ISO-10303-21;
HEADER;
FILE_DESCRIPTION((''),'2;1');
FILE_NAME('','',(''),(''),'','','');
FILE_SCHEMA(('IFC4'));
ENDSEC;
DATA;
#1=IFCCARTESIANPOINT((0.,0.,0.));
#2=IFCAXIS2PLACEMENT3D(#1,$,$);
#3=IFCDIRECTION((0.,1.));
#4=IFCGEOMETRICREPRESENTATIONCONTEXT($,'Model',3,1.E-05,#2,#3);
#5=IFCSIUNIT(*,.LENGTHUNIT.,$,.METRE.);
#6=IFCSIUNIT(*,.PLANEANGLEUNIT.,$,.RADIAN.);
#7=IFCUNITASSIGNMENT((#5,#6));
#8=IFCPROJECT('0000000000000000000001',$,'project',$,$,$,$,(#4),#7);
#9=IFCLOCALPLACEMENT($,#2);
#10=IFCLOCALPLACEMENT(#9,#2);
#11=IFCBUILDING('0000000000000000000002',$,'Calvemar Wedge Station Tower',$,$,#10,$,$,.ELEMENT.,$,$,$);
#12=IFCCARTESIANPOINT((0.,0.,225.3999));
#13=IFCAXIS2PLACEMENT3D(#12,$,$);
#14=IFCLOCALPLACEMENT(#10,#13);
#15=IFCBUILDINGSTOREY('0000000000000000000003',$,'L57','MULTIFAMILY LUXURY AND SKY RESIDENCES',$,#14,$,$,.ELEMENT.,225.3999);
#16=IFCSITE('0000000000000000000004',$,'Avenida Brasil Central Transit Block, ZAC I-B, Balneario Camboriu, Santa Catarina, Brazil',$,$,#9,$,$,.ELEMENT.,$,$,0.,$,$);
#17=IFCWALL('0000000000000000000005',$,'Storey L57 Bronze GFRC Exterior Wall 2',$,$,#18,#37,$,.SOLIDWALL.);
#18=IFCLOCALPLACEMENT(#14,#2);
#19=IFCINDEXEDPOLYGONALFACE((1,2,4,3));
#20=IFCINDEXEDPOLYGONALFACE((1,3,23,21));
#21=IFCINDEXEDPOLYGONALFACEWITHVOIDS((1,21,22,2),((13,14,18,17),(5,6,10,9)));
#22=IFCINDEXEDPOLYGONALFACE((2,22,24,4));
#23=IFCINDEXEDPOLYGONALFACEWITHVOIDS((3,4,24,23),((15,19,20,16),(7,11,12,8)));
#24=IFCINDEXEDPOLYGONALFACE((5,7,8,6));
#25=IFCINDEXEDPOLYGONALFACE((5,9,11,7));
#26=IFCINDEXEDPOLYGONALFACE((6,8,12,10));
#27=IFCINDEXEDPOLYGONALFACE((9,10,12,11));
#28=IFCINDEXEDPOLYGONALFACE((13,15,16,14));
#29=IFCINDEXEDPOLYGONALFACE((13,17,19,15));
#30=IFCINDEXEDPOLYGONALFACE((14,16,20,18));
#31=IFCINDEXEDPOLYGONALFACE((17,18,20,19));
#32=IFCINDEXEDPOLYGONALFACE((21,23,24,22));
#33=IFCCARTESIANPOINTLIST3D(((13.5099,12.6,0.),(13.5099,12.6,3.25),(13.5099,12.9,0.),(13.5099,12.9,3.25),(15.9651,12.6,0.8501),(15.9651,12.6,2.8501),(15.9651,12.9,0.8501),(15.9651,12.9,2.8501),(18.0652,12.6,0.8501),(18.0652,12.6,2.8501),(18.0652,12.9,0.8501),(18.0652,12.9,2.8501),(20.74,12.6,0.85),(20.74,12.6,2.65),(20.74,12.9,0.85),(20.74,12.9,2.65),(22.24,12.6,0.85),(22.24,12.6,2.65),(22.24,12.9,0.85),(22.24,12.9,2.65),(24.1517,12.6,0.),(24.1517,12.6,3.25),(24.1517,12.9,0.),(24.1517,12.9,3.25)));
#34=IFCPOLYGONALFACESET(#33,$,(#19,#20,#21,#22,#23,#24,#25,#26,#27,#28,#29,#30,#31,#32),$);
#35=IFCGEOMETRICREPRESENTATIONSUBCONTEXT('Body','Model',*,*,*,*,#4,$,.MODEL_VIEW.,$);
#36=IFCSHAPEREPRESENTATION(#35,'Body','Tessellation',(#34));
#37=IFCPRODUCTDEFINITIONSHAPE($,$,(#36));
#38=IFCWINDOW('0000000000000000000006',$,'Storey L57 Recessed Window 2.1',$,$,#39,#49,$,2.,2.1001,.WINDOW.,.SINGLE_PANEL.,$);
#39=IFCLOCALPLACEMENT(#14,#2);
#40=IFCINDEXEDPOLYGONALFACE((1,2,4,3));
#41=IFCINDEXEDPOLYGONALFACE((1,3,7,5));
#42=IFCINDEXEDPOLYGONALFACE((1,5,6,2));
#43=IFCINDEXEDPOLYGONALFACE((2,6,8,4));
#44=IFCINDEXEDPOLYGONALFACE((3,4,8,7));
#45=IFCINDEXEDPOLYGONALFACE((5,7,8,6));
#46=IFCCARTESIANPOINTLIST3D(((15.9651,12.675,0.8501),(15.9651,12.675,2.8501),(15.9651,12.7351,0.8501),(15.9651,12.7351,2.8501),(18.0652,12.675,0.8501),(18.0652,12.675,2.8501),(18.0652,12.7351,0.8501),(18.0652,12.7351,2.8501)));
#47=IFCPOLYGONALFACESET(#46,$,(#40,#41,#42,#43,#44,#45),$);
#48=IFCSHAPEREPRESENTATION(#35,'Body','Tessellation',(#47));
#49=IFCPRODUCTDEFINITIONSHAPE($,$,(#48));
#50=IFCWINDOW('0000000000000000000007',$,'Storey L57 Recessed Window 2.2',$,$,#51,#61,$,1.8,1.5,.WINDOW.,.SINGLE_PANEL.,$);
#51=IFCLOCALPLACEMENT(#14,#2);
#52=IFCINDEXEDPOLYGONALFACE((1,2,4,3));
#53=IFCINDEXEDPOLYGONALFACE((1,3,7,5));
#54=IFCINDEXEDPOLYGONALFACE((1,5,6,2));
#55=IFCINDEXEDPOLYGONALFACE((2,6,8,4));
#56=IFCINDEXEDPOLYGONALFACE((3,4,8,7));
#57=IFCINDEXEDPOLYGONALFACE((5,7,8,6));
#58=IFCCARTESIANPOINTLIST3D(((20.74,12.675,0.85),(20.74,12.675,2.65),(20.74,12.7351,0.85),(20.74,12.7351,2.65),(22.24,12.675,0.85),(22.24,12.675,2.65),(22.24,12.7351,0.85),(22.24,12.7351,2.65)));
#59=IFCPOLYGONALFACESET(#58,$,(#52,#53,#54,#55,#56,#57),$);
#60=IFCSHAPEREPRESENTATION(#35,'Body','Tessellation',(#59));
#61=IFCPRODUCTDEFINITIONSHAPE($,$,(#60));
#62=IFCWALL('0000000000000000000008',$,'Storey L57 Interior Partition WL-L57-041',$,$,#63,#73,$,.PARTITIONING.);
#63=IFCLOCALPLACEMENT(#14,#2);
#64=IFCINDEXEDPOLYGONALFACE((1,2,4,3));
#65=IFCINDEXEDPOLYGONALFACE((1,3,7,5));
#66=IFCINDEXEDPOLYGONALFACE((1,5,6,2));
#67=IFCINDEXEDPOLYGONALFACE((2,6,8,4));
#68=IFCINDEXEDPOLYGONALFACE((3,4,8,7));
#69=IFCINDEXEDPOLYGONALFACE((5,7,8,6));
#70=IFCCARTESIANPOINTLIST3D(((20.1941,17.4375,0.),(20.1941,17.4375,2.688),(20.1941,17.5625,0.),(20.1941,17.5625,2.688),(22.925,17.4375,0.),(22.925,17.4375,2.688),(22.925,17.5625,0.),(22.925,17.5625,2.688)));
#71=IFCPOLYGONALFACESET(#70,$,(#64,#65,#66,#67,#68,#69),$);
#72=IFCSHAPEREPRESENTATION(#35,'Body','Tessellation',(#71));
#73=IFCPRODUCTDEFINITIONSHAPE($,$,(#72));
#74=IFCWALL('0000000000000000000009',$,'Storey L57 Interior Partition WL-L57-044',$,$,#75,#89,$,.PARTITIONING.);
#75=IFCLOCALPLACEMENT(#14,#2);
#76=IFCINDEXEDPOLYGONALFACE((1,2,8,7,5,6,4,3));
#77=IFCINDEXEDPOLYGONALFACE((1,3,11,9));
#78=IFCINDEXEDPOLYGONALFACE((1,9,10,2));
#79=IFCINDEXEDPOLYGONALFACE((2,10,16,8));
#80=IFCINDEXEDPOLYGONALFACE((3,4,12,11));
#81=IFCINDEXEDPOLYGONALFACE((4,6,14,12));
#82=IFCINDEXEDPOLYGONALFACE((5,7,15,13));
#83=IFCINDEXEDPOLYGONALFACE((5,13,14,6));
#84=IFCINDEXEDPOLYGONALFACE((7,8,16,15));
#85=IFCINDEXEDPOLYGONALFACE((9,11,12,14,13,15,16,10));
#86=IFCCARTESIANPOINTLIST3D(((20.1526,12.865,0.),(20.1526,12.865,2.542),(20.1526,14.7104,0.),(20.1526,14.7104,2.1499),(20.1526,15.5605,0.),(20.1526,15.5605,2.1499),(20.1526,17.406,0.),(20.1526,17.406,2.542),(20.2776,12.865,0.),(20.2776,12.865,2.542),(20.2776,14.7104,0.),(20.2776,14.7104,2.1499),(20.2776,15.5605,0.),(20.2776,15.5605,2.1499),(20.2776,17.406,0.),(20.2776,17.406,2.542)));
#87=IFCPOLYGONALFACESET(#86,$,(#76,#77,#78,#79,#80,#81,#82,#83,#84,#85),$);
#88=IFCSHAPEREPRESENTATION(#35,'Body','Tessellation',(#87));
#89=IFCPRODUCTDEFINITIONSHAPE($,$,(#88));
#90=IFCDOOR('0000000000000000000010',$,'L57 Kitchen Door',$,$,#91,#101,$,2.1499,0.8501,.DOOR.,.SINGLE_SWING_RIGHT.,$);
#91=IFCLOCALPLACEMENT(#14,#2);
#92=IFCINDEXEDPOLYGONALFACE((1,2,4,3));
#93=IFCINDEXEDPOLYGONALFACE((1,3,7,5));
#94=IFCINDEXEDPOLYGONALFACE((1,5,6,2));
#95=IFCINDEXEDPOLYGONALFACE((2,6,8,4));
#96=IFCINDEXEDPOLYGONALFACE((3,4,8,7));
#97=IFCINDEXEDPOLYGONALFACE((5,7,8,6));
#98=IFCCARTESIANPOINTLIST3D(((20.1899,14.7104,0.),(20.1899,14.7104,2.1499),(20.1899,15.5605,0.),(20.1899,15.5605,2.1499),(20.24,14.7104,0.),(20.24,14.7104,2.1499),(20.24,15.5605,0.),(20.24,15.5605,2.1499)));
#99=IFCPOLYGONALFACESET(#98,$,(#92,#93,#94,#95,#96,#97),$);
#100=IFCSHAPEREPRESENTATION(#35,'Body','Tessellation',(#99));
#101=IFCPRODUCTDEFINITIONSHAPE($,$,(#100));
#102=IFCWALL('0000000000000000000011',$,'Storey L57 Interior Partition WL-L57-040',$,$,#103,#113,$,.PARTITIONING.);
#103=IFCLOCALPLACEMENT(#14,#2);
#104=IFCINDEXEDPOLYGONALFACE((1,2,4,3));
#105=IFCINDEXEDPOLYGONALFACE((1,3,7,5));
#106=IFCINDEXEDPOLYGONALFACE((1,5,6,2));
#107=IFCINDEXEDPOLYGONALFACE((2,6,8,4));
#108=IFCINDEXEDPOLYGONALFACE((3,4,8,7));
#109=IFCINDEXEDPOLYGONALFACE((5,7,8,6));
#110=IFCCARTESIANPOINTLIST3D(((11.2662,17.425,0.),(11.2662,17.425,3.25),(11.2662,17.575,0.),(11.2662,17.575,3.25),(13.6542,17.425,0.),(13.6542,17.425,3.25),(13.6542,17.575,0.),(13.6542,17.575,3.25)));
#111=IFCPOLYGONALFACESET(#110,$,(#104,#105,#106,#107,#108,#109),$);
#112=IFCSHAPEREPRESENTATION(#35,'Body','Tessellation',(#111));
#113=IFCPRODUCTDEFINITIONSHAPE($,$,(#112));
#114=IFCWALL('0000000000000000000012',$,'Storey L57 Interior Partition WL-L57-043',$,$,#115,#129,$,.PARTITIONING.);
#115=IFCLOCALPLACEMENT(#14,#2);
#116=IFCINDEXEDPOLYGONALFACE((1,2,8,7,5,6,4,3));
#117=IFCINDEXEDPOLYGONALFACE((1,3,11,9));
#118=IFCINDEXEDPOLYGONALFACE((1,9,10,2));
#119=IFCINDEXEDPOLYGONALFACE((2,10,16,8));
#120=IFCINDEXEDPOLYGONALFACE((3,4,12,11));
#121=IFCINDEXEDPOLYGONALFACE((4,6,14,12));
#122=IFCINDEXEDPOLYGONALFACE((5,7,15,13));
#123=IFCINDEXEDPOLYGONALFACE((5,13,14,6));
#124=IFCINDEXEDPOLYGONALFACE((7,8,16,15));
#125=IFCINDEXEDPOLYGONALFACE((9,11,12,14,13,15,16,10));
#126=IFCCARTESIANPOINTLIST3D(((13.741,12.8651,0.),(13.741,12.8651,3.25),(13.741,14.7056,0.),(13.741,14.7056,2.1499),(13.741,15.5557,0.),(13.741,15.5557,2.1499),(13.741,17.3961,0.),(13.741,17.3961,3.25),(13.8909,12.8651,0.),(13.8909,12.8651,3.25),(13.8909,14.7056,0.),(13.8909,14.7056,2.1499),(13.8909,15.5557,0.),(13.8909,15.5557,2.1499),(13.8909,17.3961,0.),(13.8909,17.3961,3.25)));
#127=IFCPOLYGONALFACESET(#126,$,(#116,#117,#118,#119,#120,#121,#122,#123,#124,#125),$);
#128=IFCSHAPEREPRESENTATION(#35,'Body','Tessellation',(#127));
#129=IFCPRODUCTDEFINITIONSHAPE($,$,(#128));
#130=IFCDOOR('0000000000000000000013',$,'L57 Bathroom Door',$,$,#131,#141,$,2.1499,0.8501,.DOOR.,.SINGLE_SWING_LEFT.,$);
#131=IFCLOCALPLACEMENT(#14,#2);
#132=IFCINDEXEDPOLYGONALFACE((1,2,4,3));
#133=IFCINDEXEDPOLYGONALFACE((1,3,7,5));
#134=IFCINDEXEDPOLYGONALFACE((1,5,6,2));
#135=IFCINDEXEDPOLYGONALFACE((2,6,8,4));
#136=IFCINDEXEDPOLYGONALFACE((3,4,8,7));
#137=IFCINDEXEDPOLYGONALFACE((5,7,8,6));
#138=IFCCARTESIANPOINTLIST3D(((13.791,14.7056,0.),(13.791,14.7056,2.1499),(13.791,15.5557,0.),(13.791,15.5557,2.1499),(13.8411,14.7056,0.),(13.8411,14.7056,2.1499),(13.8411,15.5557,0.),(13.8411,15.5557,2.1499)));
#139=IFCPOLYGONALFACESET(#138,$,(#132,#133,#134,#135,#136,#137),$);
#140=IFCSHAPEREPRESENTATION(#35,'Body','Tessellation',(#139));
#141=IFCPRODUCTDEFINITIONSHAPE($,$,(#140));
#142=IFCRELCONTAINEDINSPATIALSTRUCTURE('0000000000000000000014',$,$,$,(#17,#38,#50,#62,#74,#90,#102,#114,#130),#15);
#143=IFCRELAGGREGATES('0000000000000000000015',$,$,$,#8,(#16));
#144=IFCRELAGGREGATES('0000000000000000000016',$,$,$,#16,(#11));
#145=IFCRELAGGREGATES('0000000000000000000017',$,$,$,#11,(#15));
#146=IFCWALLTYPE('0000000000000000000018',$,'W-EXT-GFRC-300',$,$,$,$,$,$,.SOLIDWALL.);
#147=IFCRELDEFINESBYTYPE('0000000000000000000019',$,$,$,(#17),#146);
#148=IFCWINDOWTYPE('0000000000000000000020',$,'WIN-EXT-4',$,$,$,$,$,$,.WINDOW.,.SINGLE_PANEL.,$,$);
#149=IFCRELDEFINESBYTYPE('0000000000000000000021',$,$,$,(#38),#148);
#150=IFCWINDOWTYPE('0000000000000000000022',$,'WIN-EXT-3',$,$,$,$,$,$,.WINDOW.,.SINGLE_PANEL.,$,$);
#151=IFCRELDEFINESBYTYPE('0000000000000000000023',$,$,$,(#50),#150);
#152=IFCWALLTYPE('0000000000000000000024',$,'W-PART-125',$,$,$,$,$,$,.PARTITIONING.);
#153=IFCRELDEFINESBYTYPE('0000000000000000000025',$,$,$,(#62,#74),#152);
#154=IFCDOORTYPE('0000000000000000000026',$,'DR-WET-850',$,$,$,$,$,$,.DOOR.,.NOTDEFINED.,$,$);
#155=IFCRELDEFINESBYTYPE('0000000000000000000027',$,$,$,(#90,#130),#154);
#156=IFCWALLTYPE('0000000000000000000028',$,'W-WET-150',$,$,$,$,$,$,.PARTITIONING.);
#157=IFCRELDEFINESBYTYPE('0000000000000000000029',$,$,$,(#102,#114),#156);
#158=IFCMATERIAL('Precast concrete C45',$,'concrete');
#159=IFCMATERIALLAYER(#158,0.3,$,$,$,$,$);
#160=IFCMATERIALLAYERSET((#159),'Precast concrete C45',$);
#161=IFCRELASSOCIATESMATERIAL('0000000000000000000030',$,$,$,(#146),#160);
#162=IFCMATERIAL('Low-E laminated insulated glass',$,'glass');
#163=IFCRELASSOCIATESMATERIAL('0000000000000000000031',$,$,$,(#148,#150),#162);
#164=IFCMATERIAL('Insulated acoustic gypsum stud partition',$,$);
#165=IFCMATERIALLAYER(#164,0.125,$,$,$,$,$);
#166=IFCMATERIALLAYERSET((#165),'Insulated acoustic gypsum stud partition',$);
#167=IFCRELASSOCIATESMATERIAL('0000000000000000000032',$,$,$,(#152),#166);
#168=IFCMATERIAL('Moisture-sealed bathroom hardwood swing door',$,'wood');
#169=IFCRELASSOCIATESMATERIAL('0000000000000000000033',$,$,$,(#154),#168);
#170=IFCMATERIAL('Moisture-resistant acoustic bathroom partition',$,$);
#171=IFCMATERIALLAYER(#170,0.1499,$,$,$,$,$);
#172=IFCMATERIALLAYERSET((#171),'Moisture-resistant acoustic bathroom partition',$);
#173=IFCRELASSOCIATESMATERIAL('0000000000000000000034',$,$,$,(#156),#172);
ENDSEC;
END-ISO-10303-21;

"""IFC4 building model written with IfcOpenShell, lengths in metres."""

from ifc_helpers import new_model, si_unit, direction, frame, frame_2d, origin, place, context, subcontext, project, spatial, rectangle, extrude, source, transform, mapped, material, layer, layer_set, type_object, element, fill, save


model = new_model("IFC4")

# Units and contexts
model_context = context("Model", 3, precision=1e-05, world=origin(), true_north=direction((0.0, 1.0)))
body_context = subcontext(model_context, "Body", "Model", "MODEL_VIEW")
ifc_project = project(units=[si_unit("LENGTHUNIT", "METRE"), si_unit("PLANEANGLEUNIT", "RADIAN")], contexts=[model_context])

# Site, building, storey
site_placement = place(None, origin())
site = spatial("IfcSite", under=ifc_project, at=site_placement, Name="Avenida Brasil Central Transit Block, ZAC I-B, Balneario Camboriu, Santa Catarina, Brazil", CompositionType="ELEMENT", RefElevation=0.0)
building_placement = place(site_placement, origin())
building = spatial("IfcBuilding", under=site, at=building_placement, Name="Calvemar Wedge Station Tower", CompositionType="ELEMENT")
storey_placement = place(building_placement, frame((0.0, 0.0, 225.3999)))
storey = spatial("IfcBuildingStorey", under=building, at=storey_placement, Name="L57", Description="MULTIFAMILY LUXURY AND SKY RESIDENCES", CompositionType="ELEMENT", Elevation=225.3999)

# Shared definitions
ifc_material_1 = material(Name="Precast concrete C45", Category="concrete")
ifc_layer_1 = layer(ifc_material_1, 0.3)
ifc_layer_set_1 = layer_set([ifc_layer_1], Name="Precast concrete C45")
wall_type_1 = type_object("IfcWallType", Name="W-EXT-GFRC-300", PredefinedType="SOLIDWALL", material=ifc_layer_set_1)
ifc_material_2 = material(Name="Low-E laminated insulated glass", Category="glass")

# Wall, openings, windows
wall_1_placement = place(storey_placement, frame((13.51, 12.75, 0.0), z_axis=(0.0, 0.0, 1.0), x_axis=(1.0, 0.0, 0.0)))
wall_1 = element("IfcWall", 1, at=wall_1_placement, inside=storey, type_object=wall_type_1, Name="Storey L57 Bronze GFRC Exterior Wall 2", PredefinedType="SOLIDWALL", context=body_context, shape_type="SweptSolid", body=[
    extrude(rectangle(XDim=10.6418, YDim=0.3, at=frame_2d((5.3208, 0.0))), origin(), (0.0, 0.0, 1.0), 3.25),
])
shared_shape_1 = source(origin(), body_context, "Body", "SweptSolid", [
    extrude(rectangle(XDim=2.1001, YDim=2.0, at=frame_2d((1.05, 1.0))), frame((0.0, 0.1602, 0.0), z_axis=(0.0, -1.0, 0.0), x_axis=(1.0, 0.0, 0.0)), (0.0, 0.0, 1.0), 0.3201),
])
opening_1_placement = place(wall_1_placement, frame((2.4551, 0.0, 0.8501)))
opening_1 = element("IfcOpeningElement", 2, at=opening_1_placement, cuts=wall_1, PredefinedType="OPENING", context=body_context, shape_type="MappedRepresentation", body=[
    mapped(shared_shape_1, transform((0.0, 0.0, 0.0), scale=1.0)),
])
shared_shape_2 = source(origin(), body_context, "Body", "SweptSolid", [
    extrude(rectangle(XDim=1.5, YDim=1.8, at=frame_2d((0.75, 0.8999))), frame((0.0, 0.1602, 0.0), z_axis=(0.0, -1.0, 0.0), x_axis=(1.0, 0.0, 0.0)), (0.0, 0.0, 1.0), 0.3201),
])
opening_2_placement = place(wall_1_placement, frame((7.23, 0.0, 0.8501)))
opening_2 = element("IfcOpeningElement", 3, at=opening_2_placement, cuts=wall_1, PredefinedType="OPENING", context=body_context, shape_type="MappedRepresentation", body=[
    mapped(shared_shape_2, transform((0.0, 0.0, 0.0), scale=1.0)),
])
window_type_1 = type_object("IfcWindowType", Name="WIN-EXT-4", PartitioningType="SINGLE_PANEL", PredefinedType="WINDOW", material=ifc_material_2)
shared_shape_3 = source(origin(), body_context, "Body", "SweptSolid", [
    extrude(rectangle(XDim=2.1001, YDim=2.0, at=frame_2d((1.05, 1.0))), frame((0.0, -0.0149, 0.0), z_axis=(0.0, -1.0, 0.0), x_axis=(1.0, 0.0, 0.0)), (0.0, 0.0, 1.0), 0.0601),
])
window_1_placement = place(opening_1_placement, origin())
window_1 = element("IfcWindow", 4, at=window_1_placement, inside=storey, type_object=window_type_1, Name="Storey L57 Recessed Window 2.1", OverallHeight=2.0, OverallWidth=2.1001, PartitioningType="SINGLE_PANEL", PredefinedType="WINDOW", context=body_context, shape_type="MappedRepresentation", body=[
    mapped(shared_shape_3, transform((0.0, 0.0, 0.0), scale=1.0)),
])
fill(opening_1, window_1)
window_type_2 = type_object("IfcWindowType", Name="WIN-EXT-3", PartitioningType="SINGLE_PANEL", PredefinedType="WINDOW", material=ifc_material_2)
shared_shape_4 = source(origin(), body_context, "Body", "SweptSolid", [
    extrude(rectangle(XDim=1.5, YDim=1.8, at=frame_2d((0.75, 0.8999))), frame((0.0, -0.0149, 0.0), z_axis=(0.0, -1.0, 0.0), x_axis=(1.0, 0.0, 0.0)), (0.0, 0.0, 1.0), 0.0601),
])
window_2_placement = place(opening_2_placement, origin())
window_2 = element("IfcWindow", 5, at=window_2_placement, inside=storey, type_object=window_type_2, Name="Storey L57 Recessed Window 2.2", OverallHeight=1.8, OverallWidth=1.5, PartitioningType="SINGLE_PANEL", PredefinedType="WINDOW", context=body_context, shape_type="MappedRepresentation", body=[
    mapped(shared_shape_4, transform((0.0, 0.0, 0.0), scale=1.0)),
])
fill(opening_2, window_2)

# Wall
ifc_material_3 = material(Name="Insulated acoustic gypsum stud partition")
ifc_layer_2 = layer(ifc_material_3, 0.125)
ifc_layer_set_2 = layer_set([ifc_layer_2], Name="Insulated acoustic gypsum stud partition")
wall_type_2 = type_object("IfcWallType", Name="W-PART-125", PredefinedType="PARTITIONING", material=ifc_layer_set_2)
wall_2_placement = place(storey_placement, frame((22.925, 17.5, 0.0), z_axis=(0.0, 0.0, 1.0), x_axis=(-1.0, 0.0, 0.0)))
element("IfcWall", 6, at=wall_2_placement, inside=storey, type_object=wall_type_2, Name="Storey L57 Interior Partition WL-L57-041", PredefinedType="PARTITIONING", context=body_context, shape_type="SweptSolid", body=[
    extrude(rectangle(XDim=2.731, YDim=0.125, at=frame_2d((1.3655, 0.0))), origin(), (0.0, 0.0, 1.0), 2.688),
])

# Wall, opening, door
wall_3_placement = place(storey_placement, frame((20.2151, 17.406, 0.0), z_axis=(0.0, 0.0, 1.0), x_axis=(0.0, -1.0, 0.0)))
wall_3 = element("IfcWall", 7, at=wall_3_placement, inside=storey, type_object=wall_type_2, Name="Storey L57 Interior Partition WL-L57-044", PredefinedType="PARTITIONING", context=body_context, shape_type="SweptSolid", body=[
    extrude(rectangle(XDim=4.541, YDim=0.125, at=frame_2d((2.2705, 0.0))), origin(), (0.0, 0.0, 1.0), 2.542),
])
shared_shape_5 = source(origin(), body_context, "Body", "SweptSolid", [
    extrude(rectangle(XDim=0.8501, YDim=2.1499, at=frame_2d((0.425, 1.075))), frame((0.0, 0.0725, 0.0), z_axis=(0.0, -1.0, 0.0), x_axis=(1.0, 0.0, 0.0)), (0.0, 0.0, 1.0), 0.145),
])
opening_3_placement = place(wall_3_placement, frame((1.8455, 0.0, 0.0)))
opening_3 = element("IfcOpeningElement", 8, at=opening_3_placement, cuts=wall_3, PredefinedType="OPENING", context=body_context, shape_type="MappedRepresentation", body=[
    mapped(shared_shape_5, transform((0.0, 0.0, 0.0), scale=1.0)),
])
ifc_material_4 = material(Name="Moisture-sealed bathroom hardwood swing door", Category="wood")
door_type_1 = type_object("IfcDoorType", Name="DR-WET-850", OperationType="NOTDEFINED", PredefinedType="DOOR", material=ifc_material_4)
shared_shape_6 = source(origin(), body_context, "Body", "SweptSolid", [
    extrude(rectangle(XDim=0.8501, YDim=2.1499, at=frame_2d((0.425, 1.075))), frame((0.0, 0.0249, 0.0), z_axis=(0.0, -1.0, 0.0), x_axis=(1.0, 0.0, 0.0)), (0.0, 0.0, 1.0), 0.05),
])
door_1_placement = place(opening_3_placement, origin())
door_1 = element("IfcDoor", 9, at=door_1_placement, inside=storey, type_object=door_type_1, Name="L57 Kitchen Door", OperationType="SINGLE_SWING_RIGHT", OverallHeight=2.1499, OverallWidth=0.8501, PredefinedType="DOOR", context=body_context, shape_type="MappedRepresentation", body=[
    mapped(shared_shape_6, transform((0.0, 0.0, 0.0), scale=1.0)),
])
fill(opening_3, door_1)

# Wall
ifc_material_5 = material(Name="Moisture-resistant acoustic bathroom partition")
ifc_layer_3 = layer(ifc_material_5, 0.1499)
ifc_layer_set_3 = layer_set([ifc_layer_3], Name="Moisture-resistant acoustic bathroom partition")
wall_type_3 = type_object("IfcWallType", Name="W-WET-150", PredefinedType="PARTITIONING", material=ifc_layer_set_3)
wall_4_placement = place(storey_placement, frame((13.6541, 17.5, 0.0), z_axis=(0.0, 0.0, 1.0), x_axis=(-1.0, 0.0, 0.0)))
element("IfcWall", 10, at=wall_4_placement, inside=storey, type_object=wall_type_3, Name="Storey L57 Interior Partition WL-L57-040", PredefinedType="PARTITIONING", context=body_context, shape_type="SweptSolid", body=[
    extrude(rectangle(XDim=2.3879, YDim=0.1499, at=frame_2d((1.1938, 0.0))), origin(), (0.0, 0.0, 1.0), 3.25),
])

# Wall, opening, door
wall_5_placement = place(storey_placement, frame((13.8159, 12.865, 0.0), z_axis=(0.0, 0.0, 1.0), x_axis=(0.0, 1.0, 0.0)))
wall_5 = element("IfcWall", 11, at=wall_5_placement, inside=storey, type_object=wall_type_3, Name="Storey L57 Interior Partition WL-L57-043", PredefinedType="PARTITIONING", context=body_context, shape_type="SweptSolid", body=[
    extrude(rectangle(XDim=4.531, YDim=0.1499, at=frame_2d((2.2656, 0.0))), origin(), (0.0, 0.0, 1.0), 3.25),
])
shared_shape_7 = source(origin(), body_context, "Body", "SweptSolid", [
    extrude(rectangle(XDim=0.8501, YDim=2.1499, at=frame_2d((0.425, 1.075))), frame((0.0, 0.085, 0.0), z_axis=(0.0, -1.0, 0.0), x_axis=(1.0, 0.0, 0.0)), (0.0, 0.0, 1.0), 0.1699),
])
opening_4_placement = place(wall_5_placement, frame((1.8406, 0.0, 0.0)))
opening_4 = element("IfcOpeningElement", 12, at=opening_4_placement, cuts=wall_5, PredefinedType="OPENING", context=body_context, shape_type="MappedRepresentation", body=[
    mapped(shared_shape_7, transform((0.0, 0.0, 0.0), scale=1.0)),
])
door_2_placement = place(opening_4_placement, origin())
door_2 = element("IfcDoor", 13, at=door_2_placement, inside=storey, type_object=door_type_1, Name="L57 Bathroom Door", OperationType="SINGLE_SWING_LEFT", OverallHeight=2.1499, OverallWidth=0.8501, PredefinedType="DOOR", context=body_context, shape_type="MappedRepresentation", body=[
    mapped(shared_shape_6, transform((0.0, 0.0, 0.0), scale=1.0)),
])
fill(opening_4, door_2)

save(model, "model.ifc")
